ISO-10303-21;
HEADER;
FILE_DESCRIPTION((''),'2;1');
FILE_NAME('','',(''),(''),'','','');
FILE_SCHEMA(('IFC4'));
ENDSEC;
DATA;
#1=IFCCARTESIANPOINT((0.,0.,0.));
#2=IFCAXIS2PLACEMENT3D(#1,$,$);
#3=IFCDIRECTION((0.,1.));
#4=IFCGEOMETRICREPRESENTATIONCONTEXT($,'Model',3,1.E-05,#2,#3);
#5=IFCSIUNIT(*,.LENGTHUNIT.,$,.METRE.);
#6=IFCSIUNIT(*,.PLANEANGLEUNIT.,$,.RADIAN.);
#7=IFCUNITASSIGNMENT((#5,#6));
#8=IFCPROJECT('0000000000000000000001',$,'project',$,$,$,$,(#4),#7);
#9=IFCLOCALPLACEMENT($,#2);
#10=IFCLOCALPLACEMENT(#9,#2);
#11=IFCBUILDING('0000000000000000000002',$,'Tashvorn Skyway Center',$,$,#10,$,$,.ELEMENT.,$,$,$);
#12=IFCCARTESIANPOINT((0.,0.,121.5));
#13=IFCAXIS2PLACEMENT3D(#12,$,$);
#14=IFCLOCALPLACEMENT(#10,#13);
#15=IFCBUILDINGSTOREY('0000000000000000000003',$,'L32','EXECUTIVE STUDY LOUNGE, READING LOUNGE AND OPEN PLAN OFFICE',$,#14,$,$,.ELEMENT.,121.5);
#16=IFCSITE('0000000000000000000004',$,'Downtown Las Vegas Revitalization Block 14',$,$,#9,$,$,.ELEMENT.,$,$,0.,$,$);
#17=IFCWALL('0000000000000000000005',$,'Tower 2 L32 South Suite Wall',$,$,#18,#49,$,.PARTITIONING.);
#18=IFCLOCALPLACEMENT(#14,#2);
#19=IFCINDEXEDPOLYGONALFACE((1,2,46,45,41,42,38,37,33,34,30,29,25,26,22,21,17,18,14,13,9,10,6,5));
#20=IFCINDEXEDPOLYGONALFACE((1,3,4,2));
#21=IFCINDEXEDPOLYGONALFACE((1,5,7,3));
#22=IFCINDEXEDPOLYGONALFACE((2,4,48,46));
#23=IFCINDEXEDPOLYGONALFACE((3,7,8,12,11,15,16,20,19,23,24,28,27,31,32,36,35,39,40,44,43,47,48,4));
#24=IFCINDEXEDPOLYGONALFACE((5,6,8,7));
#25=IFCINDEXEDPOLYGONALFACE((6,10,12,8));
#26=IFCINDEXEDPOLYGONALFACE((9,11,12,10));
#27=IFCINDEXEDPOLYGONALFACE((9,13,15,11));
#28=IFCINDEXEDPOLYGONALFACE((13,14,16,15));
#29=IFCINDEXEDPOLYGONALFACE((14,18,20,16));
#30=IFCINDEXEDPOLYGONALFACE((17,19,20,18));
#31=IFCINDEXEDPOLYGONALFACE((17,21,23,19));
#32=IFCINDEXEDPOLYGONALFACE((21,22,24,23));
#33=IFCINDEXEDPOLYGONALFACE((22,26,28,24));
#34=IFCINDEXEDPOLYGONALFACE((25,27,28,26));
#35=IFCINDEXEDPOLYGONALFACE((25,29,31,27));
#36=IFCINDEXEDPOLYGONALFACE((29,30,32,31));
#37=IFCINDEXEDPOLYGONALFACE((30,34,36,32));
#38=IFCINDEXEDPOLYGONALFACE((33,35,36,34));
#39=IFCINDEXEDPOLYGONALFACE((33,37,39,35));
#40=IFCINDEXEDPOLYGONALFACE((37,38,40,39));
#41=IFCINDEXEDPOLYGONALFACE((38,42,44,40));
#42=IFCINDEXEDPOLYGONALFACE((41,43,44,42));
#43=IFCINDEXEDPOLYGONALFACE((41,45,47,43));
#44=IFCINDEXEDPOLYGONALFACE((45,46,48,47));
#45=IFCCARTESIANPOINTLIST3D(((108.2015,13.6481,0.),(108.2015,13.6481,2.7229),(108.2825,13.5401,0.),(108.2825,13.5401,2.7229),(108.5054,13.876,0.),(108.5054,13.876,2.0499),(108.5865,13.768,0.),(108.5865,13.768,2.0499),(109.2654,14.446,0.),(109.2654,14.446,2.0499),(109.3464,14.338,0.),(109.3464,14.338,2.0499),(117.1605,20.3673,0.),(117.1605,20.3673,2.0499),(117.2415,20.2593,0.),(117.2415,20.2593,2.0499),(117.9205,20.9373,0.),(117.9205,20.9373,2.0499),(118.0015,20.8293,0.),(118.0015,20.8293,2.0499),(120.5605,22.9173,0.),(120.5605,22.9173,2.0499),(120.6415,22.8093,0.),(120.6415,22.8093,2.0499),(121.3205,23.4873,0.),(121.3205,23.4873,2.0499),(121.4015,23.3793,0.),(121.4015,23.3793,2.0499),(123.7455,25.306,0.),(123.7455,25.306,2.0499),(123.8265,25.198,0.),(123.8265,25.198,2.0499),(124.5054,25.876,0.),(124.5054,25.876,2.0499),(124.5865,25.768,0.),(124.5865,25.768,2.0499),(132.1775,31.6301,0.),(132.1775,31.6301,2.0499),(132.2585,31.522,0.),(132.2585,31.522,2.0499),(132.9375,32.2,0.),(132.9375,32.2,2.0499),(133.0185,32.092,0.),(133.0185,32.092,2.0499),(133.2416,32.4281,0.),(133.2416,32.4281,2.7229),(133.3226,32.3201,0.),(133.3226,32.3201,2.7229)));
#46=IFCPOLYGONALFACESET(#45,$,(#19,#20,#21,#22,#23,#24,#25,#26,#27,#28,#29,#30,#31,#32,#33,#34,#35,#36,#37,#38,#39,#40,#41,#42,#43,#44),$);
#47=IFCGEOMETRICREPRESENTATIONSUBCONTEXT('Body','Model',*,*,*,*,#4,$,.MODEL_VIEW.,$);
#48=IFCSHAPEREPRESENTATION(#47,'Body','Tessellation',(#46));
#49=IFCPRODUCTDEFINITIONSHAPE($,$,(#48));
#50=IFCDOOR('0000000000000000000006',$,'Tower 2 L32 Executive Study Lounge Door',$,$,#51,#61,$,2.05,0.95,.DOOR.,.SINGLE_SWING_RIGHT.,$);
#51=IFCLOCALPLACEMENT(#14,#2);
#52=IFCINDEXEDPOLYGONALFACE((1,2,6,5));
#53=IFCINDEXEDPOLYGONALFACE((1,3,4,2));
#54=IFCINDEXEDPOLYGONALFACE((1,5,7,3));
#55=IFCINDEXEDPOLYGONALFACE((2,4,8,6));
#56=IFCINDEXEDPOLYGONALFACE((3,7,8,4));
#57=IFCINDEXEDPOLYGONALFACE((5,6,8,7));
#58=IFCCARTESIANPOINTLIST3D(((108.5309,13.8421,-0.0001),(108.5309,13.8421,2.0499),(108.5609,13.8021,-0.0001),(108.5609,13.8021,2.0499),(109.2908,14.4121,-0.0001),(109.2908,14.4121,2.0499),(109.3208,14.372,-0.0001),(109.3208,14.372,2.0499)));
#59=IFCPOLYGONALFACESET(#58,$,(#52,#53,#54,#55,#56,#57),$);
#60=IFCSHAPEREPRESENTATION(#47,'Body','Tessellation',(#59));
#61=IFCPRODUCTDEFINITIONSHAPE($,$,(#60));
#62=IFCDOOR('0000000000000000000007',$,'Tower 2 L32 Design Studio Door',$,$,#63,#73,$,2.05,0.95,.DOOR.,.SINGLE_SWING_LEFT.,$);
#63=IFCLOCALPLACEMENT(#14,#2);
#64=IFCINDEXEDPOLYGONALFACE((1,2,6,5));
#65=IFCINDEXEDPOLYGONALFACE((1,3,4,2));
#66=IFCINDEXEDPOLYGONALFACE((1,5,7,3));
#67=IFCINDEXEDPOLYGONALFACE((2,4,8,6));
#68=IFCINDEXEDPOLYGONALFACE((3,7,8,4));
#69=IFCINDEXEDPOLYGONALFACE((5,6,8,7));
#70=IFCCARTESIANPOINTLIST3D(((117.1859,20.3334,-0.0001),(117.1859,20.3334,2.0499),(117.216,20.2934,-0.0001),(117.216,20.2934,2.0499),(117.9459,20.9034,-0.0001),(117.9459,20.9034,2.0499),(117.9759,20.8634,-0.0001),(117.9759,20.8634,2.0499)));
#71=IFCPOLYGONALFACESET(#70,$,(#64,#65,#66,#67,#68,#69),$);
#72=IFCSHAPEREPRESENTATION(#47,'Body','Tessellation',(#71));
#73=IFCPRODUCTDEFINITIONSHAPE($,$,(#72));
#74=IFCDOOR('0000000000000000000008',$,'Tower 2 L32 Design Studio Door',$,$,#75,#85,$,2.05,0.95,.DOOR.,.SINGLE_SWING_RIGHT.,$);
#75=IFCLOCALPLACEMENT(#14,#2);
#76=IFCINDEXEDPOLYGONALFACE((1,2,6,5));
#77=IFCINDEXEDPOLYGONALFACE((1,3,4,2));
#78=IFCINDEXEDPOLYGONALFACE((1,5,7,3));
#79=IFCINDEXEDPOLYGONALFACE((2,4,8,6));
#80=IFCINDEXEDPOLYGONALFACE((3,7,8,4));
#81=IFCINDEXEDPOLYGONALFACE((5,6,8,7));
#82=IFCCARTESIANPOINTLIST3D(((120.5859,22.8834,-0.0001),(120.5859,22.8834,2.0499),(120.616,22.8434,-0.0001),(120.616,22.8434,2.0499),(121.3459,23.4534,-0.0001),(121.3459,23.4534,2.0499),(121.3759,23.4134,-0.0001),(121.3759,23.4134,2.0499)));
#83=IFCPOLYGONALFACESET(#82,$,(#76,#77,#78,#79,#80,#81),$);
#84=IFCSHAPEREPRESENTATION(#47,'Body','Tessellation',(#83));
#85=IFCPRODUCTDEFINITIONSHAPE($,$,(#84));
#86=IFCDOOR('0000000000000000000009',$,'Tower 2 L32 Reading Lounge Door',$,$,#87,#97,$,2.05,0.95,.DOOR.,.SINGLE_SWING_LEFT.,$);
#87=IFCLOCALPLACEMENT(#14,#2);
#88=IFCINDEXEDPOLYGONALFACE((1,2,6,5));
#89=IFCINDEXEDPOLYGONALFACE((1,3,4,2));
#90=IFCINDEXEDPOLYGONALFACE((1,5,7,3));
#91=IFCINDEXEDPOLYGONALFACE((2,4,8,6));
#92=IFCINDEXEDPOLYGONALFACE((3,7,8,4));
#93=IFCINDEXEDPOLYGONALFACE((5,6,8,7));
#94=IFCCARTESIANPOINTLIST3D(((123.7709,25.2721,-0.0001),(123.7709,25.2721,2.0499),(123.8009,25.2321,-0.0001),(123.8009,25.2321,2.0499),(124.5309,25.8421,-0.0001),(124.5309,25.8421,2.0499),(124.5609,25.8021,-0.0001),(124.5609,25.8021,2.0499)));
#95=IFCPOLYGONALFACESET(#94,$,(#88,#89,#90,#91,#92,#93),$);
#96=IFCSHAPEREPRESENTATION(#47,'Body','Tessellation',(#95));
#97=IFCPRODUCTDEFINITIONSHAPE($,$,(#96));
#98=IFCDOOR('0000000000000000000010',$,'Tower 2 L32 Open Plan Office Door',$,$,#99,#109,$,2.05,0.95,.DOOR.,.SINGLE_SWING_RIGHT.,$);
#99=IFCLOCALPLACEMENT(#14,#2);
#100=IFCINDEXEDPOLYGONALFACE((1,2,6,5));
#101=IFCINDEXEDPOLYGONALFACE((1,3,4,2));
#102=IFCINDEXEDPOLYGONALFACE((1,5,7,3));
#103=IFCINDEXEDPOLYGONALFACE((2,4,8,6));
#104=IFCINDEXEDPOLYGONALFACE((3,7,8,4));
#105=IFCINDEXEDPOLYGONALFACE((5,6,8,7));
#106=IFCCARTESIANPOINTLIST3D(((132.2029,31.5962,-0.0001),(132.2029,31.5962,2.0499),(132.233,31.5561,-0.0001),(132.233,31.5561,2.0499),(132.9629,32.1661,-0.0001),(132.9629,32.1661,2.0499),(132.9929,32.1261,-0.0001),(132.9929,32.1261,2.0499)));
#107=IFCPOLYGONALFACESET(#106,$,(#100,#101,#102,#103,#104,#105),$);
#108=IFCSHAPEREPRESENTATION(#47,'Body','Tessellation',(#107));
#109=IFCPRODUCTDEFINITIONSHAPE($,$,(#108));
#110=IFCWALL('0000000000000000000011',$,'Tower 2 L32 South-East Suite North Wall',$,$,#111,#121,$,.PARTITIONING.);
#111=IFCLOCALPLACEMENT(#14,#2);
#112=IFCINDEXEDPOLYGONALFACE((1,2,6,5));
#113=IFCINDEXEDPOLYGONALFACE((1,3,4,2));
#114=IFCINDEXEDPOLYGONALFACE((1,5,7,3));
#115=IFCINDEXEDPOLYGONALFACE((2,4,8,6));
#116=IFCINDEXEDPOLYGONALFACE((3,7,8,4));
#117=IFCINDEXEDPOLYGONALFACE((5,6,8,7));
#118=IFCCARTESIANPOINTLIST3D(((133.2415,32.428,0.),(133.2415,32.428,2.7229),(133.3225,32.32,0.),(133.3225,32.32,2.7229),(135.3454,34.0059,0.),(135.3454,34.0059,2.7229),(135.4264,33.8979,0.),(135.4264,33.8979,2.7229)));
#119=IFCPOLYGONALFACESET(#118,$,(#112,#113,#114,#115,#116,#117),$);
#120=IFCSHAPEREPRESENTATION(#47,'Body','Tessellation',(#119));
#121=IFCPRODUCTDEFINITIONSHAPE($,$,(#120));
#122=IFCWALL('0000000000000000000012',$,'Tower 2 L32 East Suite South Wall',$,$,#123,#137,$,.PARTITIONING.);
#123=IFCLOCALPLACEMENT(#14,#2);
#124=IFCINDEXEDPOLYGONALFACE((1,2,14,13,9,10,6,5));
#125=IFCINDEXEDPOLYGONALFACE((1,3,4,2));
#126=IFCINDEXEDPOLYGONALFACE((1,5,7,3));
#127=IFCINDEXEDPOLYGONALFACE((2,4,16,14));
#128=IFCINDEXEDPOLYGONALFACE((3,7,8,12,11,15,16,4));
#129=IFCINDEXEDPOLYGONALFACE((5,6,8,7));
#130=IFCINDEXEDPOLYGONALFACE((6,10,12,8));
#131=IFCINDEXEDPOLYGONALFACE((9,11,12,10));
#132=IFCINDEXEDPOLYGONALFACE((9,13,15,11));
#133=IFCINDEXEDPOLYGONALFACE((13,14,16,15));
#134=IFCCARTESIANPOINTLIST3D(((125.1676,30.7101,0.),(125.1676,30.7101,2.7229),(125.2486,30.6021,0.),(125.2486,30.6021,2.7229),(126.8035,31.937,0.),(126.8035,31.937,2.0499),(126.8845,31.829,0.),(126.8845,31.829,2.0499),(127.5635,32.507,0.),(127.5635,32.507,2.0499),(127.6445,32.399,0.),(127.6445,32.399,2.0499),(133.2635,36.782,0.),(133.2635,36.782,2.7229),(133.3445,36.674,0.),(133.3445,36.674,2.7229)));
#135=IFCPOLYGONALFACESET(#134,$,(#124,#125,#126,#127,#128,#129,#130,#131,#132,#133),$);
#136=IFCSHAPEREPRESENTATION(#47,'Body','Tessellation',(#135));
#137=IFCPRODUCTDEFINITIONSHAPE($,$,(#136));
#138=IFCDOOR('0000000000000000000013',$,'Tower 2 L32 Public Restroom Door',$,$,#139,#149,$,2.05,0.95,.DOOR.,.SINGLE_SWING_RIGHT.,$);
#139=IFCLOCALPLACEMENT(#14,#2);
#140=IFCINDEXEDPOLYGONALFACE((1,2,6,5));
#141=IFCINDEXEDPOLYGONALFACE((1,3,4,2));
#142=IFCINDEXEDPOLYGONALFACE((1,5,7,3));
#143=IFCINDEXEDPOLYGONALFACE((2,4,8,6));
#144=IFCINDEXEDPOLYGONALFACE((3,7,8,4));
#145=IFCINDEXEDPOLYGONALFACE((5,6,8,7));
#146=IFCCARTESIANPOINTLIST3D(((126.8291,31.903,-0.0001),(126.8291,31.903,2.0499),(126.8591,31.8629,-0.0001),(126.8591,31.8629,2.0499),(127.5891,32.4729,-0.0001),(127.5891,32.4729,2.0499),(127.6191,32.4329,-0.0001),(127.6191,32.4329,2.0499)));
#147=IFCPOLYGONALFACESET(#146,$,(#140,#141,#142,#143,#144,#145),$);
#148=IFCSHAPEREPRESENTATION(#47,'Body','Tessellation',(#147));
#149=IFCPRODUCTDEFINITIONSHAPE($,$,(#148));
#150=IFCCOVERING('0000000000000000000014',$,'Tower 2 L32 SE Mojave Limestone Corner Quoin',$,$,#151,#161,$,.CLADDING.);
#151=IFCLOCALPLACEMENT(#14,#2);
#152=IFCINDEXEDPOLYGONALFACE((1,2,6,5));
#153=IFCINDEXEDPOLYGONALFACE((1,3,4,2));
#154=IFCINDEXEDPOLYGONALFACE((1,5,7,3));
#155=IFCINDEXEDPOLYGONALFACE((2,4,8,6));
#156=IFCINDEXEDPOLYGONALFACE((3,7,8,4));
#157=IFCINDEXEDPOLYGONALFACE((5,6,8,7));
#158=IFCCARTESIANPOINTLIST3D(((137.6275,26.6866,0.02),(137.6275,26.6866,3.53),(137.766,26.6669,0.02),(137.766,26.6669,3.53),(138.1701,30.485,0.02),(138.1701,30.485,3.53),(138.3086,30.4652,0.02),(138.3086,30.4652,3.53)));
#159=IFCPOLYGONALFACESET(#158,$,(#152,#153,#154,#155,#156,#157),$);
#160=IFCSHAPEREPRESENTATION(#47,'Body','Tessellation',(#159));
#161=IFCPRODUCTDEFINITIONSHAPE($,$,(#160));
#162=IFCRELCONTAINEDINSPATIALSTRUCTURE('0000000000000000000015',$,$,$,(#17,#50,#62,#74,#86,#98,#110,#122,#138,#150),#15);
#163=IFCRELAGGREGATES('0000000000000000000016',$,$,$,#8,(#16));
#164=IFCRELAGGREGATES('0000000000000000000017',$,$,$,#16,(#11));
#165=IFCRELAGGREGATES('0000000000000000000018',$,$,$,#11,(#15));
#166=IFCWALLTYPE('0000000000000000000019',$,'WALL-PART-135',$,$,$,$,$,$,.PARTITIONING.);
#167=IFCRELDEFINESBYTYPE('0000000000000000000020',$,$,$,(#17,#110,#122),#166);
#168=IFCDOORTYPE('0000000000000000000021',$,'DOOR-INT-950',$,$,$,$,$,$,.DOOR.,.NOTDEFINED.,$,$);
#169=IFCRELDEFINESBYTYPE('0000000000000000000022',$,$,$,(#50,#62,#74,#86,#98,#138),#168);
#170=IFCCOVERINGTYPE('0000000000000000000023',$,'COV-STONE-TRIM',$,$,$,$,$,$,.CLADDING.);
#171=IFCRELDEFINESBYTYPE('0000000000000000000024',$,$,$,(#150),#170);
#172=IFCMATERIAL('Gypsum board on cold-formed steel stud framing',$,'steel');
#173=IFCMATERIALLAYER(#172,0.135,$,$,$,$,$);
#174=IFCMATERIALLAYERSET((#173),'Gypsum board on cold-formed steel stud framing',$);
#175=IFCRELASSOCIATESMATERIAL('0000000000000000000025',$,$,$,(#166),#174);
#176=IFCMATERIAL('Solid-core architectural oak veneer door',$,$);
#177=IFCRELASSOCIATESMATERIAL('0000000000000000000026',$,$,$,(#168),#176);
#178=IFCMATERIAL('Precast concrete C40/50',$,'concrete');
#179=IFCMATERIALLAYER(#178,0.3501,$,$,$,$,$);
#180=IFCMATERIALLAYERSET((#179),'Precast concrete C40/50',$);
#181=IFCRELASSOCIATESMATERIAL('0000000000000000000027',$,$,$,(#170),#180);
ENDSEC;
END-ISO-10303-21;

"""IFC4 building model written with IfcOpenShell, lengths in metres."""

from ifc_helpers import new_model, si_unit, direction, frame, frame_2d, origin, origin_2d, place, context, subcontext, project, spatial, rectangle, extrude, material, layer, layer_set, type_object, element, fill, save


model = new_model("IFC4")

# Units and contexts
model_context = context("Model", 3, precision=1e-05, world=origin(), true_north=direction((0.0, 1.0)))
body_context = subcontext(model_context, "Body", "Model", "MODEL_VIEW")
ifc_project = project(units=[si_unit("LENGTHUNIT", "METRE"), si_unit("PLANEANGLEUNIT", "RADIAN")], contexts=[model_context])

# Site, building, storey
site_placement = place(None, origin())
site = spatial("IfcSite", under=ifc_project, at=site_placement, Name="Downtown Las Vegas Revitalization Block 14", CompositionType="ELEMENT", RefElevation=0.0)
building_placement = place(site_placement, origin())
building = spatial("IfcBuilding", under=site, at=building_placement, Name="Tashvorn Skyway Center", CompositionType="ELEMENT")
storey_placement = place(building_placement, frame((0.0, 0.0, 121.5)))
storey = spatial("IfcBuildingStorey", under=building, at=storey_placement, Name="L32", Description="EXECUTIVE STUDY LOUNGE, READING LOUNGE AND OPEN PLAN OFFICE", CompositionType="ELEMENT", Elevation=121.5)

# Shared definitions
ifc_material_1 = material(Name="Precast concrete C40/50", Category="concrete")

# Wall, openings, doors
ifc_material_2 = material(Name="Gypsum board on cold-formed steel stud framing", Category="steel")
ifc_layer_1 = layer(ifc_material_2, 0.135)
ifc_layer_set_1 = layer_set([ifc_layer_1], Name="Gypsum board on cold-formed steel stud framing")
wall_type_1 = type_object("IfcWallType", Name="WALL-PART-135", PredefinedType="PARTITIONING", material=ifc_layer_set_1)
wall_1_placement = place(storey_placement, frame((133.282, 32.374, 0.0), z_axis=(0.0, 0.0, 1.0), x_axis=(-0.8, -0.6, 0.0)))
wall_1 = element("IfcWall", 1, at=wall_1_placement, inside=storey, type_object=wall_type_1, Name="Tower 2 L32 South Suite Wall", PredefinedType="PARTITIONING", context=body_context, shape_type="SweptSolid", body=[
    extrude(rectangle(XDim=31.3, YDim=0.135, at=frame_2d((15.6499, 0.0))), origin(), (0.0, 0.0, 1.0), 2.7229),
])
opening_1_placement = place(wall_1_placement, frame((29.97, 0.0, 0.0)))
opening_1 = element("IfcOpeningElement", 2, at=opening_1_placement, cuts=wall_1, PredefinedType="OPENING", context=body_context, shape_type="SweptSolid", body=[
    extrude(rectangle(XDim=0.95, YDim=2.05, at=frame_2d((0.4751, 1.0249))), frame((0.0, 0.0774, 0.0), z_axis=(0.0, -1.0, 0.0), x_axis=(1.0, 0.0, 0.0)), (0.0, 0.0, 1.0), 0.155),
])
opening_2_placement = place(wall_1_placement, frame((19.1511, 0.0, 0.0)))
opening_2 = element("IfcOpeningElement", 3, at=opening_2_placement, cuts=wall_1, PredefinedType="OPENING", context=body_context, shape_type="SweptSolid", body=[
    extrude(rectangle(XDim=0.95, YDim=2.05, at=frame_2d((0.4751, 1.0249))), frame((0.0, 0.0774, 0.0), z_axis=(0.0, -1.0, 0.0), x_axis=(1.0, 0.0, 0.0)), (0.0, 0.0, 1.0), 0.155),
])
opening_3_placement = place(wall_1_placement, frame((14.9011, 0.0, 0.0)))
opening_3 = element("IfcOpeningElement", 4, at=opening_3_placement, cuts=wall_1, PredefinedType="OPENING", context=body_context, shape_type="SweptSolid", body=[
    extrude(rectangle(XDim=0.95, YDim=2.05, at=frame_2d((0.4751, 1.0249))), frame((0.0, 0.0774, 0.0), z_axis=(0.0, -1.0, 0.0), x_axis=(1.0, 0.0, 0.0)), (0.0, 0.0, 1.0), 0.155),
])
opening_4_placement = place(wall_1_placement, frame((10.9199, 0.0, 0.0)))
opening_4 = element("IfcOpeningElement", 5, at=opening_4_placement, cuts=wall_1, PredefinedType="OPENING", context=body_context, shape_type="SweptSolid", body=[
    extrude(rectangle(XDim=0.95, YDim=2.05, at=frame_2d((0.4751, 1.0249))), frame((0.0, 0.0774, 0.0), z_axis=(0.0, -1.0, 0.0), x_axis=(1.0, 0.0, 0.0)), (0.0, 0.0, 1.0), 0.155),
])
opening_5_placement = place(wall_1_placement, frame((0.3799, 0.0, 0.0)))
opening_5 = element("IfcOpeningElement", 6, at=opening_5_placement, cuts=wall_1, PredefinedType="OPENING", context=body_context, shape_type="SweptSolid", body=[
    extrude(rectangle(XDim=0.95, YDim=2.05, at=frame_2d((0.4751, 1.0249))), frame((0.0, 0.0774, 0.0), z_axis=(0.0, -1.0, 0.0), x_axis=(1.0, 0.0, 0.0)), (0.0, 0.0, 1.0), 0.155),
])
ifc_material_3 = material(Name="Solid-core architectural oak veneer door")
door_type_1 = type_object("IfcDoorType", Name="DOOR-INT-950", OperationType="NOTDEFINED", PredefinedType="DOOR", material=ifc_material_3)
door_1_placement = place(opening_1_placement, origin())
door_1 = element("IfcDoor", 7, at=door_1_placement, inside=storey, type_object=door_type_1, Name="Tower 2 L32 Executive Study Lounge Door", OperationType="SINGLE_SWING_RIGHT", OverallHeight=2.05, OverallWidth=0.95, PredefinedType="DOOR", context=body_context, shape_type="SweptSolid", body=[
    extrude(rectangle(XDim=0.95, YDim=2.05, at=frame_2d((0.4751, 1.0249))), frame((0.0, 0.0249, 0.0), z_axis=(0.0, -1.0, 0.0), x_axis=(1.0, 0.0, 0.0)), (0.0, 0.0, 1.0), 0.05),
])
fill(opening_1, door_1)
door_2_placement = place(opening_2_placement, origin())
door_2 = element("IfcDoor", 8, at=door_2_placement, inside=storey, type_object=door_type_1, Name="Tower 2 L32 Design Studio Door", OperationType="SINGLE_SWING_LEFT", OverallHeight=2.05, OverallWidth=0.95, PredefinedType="DOOR", context=body_context, shape_type="SweptSolid", body=[
    extrude(rectangle(XDim=0.95, YDim=2.05, at=frame_2d((0.4751, 1.0249))), frame((0.0, 0.0249, 0.0), z_axis=(0.0, -1.0, 0.0), x_axis=(1.0, 0.0, 0.0)), (0.0, 0.0, 1.0), 0.05),
])
fill(opening_2, door_2)
door_3_placement = place(opening_3_placement, origin())
door_3 = element("IfcDoor", 9, at=door_3_placement, inside=storey, type_object=door_type_1, Name="Tower 2 L32 Design Studio Door", OperationType="SINGLE_SWING_RIGHT", OverallHeight=2.05, OverallWidth=0.95, PredefinedType="DOOR", context=body_context, shape_type="SweptSolid", body=[
    extrude(rectangle(XDim=0.95, YDim=2.05, at=frame_2d((0.4751, 1.0249))), frame((0.0, 0.0249, 0.0), z_axis=(0.0, -1.0, 0.0), x_axis=(1.0, 0.0, 0.0)), (0.0, 0.0, 1.0), 0.05),
])
fill(opening_3, door_3)
door_4_placement = place(opening_4_placement, origin())
door_4 = element("IfcDoor", 10, at=door_4_placement, inside=storey, type_object=door_type_1, Name="Tower 2 L32 Reading Lounge Door", OperationType="SINGLE_SWING_LEFT", OverallHeight=2.05, OverallWidth=0.95, PredefinedType="DOOR", context=body_context, shape_type="SweptSolid", body=[
    extrude(rectangle(XDim=0.95, YDim=2.05, at=frame_2d((0.4751, 1.0249))), frame((0.0, 0.0249, 0.0), z_axis=(0.0, -1.0, 0.0), x_axis=(1.0, 0.0, 0.0)), (0.0, 0.0, 1.0), 0.05),
])
fill(opening_4, door_4)
door_5_placement = place(opening_5_placement, origin())
door_5 = element("IfcDoor", 11, at=door_5_placement, inside=storey, type_object=door_type_1, Name="Tower 2 L32 Open Plan Office Door", OperationType="SINGLE_SWING_RIGHT", OverallHeight=2.05, OverallWidth=0.95, PredefinedType="DOOR", context=body_context, shape_type="SweptSolid", body=[
    extrude(rectangle(XDim=0.95, YDim=2.05, at=frame_2d((0.4751, 1.0249))), frame((0.0, 0.0249, 0.0), z_axis=(0.0, -1.0, 0.0), x_axis=(1.0, 0.0, 0.0)), (0.0, 0.0, 1.0), 0.05),
])
fill(opening_5, door_5)

# Wall
wall_2_placement = place(storey_placement, frame((133.282, 32.374, 0.0), z_axis=(0.0, 0.0, 1.0), x_axis=(0.800022, 0.59997, 0.0)))
element("IfcWall", 12, at=wall_2_placement, inside=storey, type_object=wall_type_1, Name="Tower 2 L32 South-East Suite North Wall", PredefinedType="PARTITIONING", context=body_context, shape_type="SweptSolid", body=[
    extrude(rectangle(XDim=2.6299, YDim=0.135, at=frame_2d((1.3149, 0.0))), origin(), (0.0, 0.0, 1.0), 2.7229),
])

# Wall, opening, door
wall_3_placement = place(storey_placement, frame((125.208, 30.656, 0.0), z_axis=(0.0, 0.0, 1.0), x_axis=(0.799997, 0.600004, 0.0)))
wall_3 = element("IfcWall", 13, at=wall_3_placement, inside=storey, type_object=wall_type_1, Name="Tower 2 L32 East Suite South Wall", PredefinedType="PARTITIONING", context=body_context, shape_type="SweptSolid", body=[
    extrude(rectangle(XDim=10.1199, YDim=0.135, at=frame_2d((5.0601, 0.0))), origin(), (0.0, 0.0, 1.0), 2.7229),
])
opening_6_placement = place(wall_3_placement, frame((2.0449, 0.0, 0.0)))
opening_6 = element("IfcOpeningElement", 14, at=opening_6_placement, cuts=wall_3, PredefinedType="OPENING", context=body_context, shape_type="SweptSolid", body=[
    extrude(rectangle(XDim=0.95, YDim=2.05, at=frame_2d((0.4751, 1.0249))), frame((0.0, 0.0774, 0.0), z_axis=(0.0, -1.0, 0.0), x_axis=(1.0, 0.0, 0.0)), (0.0, 0.0, 1.0), 0.155),
])
door_6_placement = place(opening_6_placement, origin())
door_6 = element("IfcDoor", 15, at=door_6_placement, inside=storey, type_object=door_type_1, Name="Tower 2 L32 Public Restroom Door", OperationType="SINGLE_SWING_RIGHT", OverallHeight=2.05, OverallWidth=0.95, PredefinedType="DOOR", context=body_context, shape_type="SweptSolid", body=[
    extrude(rectangle(XDim=0.95, YDim=2.05, at=frame_2d((0.4751, 1.0249))), frame((0.0, 0.0249, 0.0), z_axis=(0.0, -1.0, 0.0), x_axis=(1.0, 0.0, 0.0)), (0.0, 0.0, 1.0), 0.05),
])
fill(opening_6, door_6)

# Covering
ifc_layer_2 = layer(ifc_material_1, 0.3501)
ifc_layer_set_2 = layer_set([ifc_layer_2], Name="Precast concrete C40/50")
covering_type = type_object("IfcCoveringType", Name="COV-STONE-TRIM", PredefinedType="CLADDING", material=ifc_layer_set_2)
covering_placement = place(storey_placement, frame((137.968, 28.5759, 0.02), z_axis=(0.0, 0.0, 1.0), x_axis=(0.141421, 0.989949, 0.0)))
element("IfcCovering", 16, at=covering_placement, inside=storey, type_object=covering_type, Name="Tower 2 L32 SE Mojave Limestone Corner Quoin", PredefinedType="CLADDING", context=body_context, shape_type="SweptSolid", body=[
    extrude(rectangle(XDim=3.8369, YDim=0.1399, at=origin_2d()), origin(), (0.0, 0.0, 1.0), 3.51),
])

save(model, "model.ifc")
